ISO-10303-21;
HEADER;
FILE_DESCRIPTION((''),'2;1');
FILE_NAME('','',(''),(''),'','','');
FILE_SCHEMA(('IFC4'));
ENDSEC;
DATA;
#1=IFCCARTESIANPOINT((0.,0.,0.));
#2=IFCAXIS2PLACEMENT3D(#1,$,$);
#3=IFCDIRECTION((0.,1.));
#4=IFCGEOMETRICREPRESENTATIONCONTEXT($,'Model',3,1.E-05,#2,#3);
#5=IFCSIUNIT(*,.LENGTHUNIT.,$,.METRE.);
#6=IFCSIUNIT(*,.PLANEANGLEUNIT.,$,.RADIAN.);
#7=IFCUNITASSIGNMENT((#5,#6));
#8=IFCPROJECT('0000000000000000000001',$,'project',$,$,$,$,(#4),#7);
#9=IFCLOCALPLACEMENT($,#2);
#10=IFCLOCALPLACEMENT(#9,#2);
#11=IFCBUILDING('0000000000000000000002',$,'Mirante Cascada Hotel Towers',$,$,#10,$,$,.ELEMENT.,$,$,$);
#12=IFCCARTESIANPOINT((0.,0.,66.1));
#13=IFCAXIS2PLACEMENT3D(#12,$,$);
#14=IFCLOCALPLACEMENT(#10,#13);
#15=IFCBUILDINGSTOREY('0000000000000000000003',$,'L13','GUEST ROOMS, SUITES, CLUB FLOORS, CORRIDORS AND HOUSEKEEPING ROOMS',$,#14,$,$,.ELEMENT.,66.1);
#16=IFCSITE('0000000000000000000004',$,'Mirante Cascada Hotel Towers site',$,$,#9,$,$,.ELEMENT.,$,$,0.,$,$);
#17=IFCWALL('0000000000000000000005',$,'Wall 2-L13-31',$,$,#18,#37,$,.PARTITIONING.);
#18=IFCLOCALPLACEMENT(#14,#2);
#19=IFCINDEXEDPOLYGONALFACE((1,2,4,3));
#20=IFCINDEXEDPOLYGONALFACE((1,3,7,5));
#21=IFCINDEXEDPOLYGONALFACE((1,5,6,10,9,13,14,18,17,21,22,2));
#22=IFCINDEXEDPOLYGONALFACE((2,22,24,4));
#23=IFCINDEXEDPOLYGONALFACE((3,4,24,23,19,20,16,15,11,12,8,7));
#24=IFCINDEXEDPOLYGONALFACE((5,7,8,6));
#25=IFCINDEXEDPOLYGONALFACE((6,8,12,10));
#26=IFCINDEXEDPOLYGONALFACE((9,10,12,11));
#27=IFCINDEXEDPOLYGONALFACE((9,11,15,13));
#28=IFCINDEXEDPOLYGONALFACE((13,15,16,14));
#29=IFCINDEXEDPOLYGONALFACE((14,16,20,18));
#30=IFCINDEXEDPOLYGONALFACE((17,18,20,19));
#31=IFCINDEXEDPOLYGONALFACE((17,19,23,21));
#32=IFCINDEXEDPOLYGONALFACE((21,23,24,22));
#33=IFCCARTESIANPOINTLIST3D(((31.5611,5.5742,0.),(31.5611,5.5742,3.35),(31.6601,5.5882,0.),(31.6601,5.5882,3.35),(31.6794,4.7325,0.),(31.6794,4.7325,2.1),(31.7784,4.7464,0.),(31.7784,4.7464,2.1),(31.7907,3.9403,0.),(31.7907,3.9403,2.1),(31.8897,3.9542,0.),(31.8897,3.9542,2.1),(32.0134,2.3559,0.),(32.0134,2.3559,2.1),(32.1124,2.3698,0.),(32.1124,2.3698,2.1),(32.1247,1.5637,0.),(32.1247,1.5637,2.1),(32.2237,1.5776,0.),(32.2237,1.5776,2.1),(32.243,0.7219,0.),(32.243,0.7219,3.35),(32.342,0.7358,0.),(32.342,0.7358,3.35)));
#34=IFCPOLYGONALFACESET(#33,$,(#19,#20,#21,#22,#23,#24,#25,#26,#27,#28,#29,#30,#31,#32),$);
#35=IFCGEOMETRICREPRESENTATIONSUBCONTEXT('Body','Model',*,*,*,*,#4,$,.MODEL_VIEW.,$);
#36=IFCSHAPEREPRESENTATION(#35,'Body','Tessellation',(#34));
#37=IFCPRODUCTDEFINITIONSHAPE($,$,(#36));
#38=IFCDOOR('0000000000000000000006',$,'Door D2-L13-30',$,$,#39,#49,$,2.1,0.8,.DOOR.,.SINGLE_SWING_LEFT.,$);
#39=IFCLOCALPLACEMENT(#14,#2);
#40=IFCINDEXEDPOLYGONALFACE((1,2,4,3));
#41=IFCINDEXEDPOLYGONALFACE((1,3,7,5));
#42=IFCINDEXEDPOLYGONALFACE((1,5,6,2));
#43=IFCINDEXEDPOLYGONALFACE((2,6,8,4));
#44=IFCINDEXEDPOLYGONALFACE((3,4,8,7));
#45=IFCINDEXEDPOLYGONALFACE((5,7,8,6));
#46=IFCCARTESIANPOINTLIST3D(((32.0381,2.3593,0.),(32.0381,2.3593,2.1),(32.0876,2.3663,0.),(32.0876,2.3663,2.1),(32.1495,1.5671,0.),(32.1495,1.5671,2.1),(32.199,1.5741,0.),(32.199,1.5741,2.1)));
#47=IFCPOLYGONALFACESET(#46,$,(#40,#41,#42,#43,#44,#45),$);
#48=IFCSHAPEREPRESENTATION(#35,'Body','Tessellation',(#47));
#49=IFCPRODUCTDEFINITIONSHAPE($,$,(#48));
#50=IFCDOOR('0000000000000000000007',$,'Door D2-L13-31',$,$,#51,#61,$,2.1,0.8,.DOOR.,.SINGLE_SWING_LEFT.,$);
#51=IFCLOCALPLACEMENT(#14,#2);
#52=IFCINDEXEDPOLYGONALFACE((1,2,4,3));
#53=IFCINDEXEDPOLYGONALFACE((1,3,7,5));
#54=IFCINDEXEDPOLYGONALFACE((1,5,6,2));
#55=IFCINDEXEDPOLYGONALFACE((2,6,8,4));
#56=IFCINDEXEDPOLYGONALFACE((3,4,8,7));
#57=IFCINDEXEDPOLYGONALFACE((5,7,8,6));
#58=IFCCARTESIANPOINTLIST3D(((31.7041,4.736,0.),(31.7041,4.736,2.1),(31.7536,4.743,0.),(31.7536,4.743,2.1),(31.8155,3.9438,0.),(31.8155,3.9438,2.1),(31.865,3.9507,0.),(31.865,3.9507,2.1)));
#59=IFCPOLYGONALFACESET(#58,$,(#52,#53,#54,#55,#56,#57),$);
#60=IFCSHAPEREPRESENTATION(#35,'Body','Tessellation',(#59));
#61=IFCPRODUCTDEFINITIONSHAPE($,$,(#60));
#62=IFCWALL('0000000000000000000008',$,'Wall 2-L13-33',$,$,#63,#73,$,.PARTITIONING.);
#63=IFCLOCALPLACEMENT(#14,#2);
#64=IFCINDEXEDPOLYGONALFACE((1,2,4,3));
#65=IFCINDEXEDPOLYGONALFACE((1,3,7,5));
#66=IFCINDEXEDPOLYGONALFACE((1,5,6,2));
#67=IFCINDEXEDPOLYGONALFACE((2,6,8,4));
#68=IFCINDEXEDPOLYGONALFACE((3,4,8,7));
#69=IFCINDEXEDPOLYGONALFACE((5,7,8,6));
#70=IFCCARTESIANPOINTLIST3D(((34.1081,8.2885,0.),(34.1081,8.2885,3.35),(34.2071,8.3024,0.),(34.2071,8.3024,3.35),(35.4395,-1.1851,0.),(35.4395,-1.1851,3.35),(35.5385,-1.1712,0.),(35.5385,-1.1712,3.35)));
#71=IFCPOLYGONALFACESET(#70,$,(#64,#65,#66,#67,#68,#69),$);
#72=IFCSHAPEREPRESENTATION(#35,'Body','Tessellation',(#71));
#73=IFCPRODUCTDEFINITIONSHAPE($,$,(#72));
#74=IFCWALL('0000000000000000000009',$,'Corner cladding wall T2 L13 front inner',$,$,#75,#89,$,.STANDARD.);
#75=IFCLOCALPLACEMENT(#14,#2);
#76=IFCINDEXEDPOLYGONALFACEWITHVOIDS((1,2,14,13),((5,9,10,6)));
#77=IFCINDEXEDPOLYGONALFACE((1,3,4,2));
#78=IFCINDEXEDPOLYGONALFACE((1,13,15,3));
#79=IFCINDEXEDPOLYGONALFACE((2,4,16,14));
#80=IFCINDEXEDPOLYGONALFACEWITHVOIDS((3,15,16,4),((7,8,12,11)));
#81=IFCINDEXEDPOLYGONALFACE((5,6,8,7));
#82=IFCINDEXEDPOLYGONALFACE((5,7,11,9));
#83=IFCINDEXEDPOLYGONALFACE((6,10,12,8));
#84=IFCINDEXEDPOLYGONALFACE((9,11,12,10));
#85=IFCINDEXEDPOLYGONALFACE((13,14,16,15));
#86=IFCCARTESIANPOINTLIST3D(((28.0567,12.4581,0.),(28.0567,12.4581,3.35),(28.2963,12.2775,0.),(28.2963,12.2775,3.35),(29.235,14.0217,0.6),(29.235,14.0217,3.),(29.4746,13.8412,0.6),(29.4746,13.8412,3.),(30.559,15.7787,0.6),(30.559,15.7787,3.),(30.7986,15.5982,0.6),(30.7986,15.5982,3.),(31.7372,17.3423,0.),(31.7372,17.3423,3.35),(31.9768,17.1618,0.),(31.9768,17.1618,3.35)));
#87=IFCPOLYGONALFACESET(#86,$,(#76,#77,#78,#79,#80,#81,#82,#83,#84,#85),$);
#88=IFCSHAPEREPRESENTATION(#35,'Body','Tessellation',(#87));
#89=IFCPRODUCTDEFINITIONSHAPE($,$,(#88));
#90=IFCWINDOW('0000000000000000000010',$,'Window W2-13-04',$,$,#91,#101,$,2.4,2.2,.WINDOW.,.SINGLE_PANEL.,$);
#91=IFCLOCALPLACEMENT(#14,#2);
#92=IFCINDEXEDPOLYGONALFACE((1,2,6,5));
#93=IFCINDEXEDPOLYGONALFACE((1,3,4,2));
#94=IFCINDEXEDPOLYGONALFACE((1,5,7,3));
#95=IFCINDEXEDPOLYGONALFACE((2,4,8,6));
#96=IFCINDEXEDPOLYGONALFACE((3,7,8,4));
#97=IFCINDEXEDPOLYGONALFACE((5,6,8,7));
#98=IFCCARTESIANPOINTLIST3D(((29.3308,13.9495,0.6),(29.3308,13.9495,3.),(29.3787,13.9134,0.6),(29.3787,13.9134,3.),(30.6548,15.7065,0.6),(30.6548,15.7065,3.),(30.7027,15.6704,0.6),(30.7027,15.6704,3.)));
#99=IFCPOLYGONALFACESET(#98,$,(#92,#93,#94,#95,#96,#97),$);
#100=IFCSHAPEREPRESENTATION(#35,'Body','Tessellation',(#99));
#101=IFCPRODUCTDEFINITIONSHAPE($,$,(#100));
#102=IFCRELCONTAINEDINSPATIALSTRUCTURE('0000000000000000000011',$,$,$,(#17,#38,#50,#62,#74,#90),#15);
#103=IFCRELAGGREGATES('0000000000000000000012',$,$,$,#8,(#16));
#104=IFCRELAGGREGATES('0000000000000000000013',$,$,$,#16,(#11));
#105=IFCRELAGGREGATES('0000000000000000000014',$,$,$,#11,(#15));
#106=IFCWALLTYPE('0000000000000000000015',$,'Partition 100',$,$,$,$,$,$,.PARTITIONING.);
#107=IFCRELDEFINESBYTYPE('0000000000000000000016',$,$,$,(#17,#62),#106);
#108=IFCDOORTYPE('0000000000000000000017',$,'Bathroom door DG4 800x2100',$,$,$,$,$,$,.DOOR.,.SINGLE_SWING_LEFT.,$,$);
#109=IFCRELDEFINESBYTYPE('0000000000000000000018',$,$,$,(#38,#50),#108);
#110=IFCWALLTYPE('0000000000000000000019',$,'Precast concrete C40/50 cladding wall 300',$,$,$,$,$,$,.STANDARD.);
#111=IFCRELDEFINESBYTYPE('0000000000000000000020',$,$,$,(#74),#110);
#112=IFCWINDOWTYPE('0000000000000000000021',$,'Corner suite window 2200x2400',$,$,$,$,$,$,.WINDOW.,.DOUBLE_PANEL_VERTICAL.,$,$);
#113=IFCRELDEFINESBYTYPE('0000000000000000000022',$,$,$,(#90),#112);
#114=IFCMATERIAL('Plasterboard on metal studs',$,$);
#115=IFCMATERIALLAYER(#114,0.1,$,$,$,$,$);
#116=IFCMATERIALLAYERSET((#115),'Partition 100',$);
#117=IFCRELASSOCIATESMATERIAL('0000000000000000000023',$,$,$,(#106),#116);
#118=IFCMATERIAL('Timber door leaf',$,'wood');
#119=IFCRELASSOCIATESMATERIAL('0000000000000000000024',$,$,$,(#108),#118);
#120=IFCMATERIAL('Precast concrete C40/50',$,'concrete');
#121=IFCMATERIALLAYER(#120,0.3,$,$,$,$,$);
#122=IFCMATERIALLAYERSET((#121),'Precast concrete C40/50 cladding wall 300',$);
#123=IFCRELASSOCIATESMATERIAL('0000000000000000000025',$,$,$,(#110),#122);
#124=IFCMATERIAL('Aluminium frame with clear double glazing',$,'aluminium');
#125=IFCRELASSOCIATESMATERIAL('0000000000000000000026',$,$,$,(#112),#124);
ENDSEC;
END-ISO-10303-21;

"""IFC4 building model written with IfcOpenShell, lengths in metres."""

from ifc_helpers import new_model, si_unit, direction, frame, frame_2d, origin, place, context, subcontext, project, spatial, rectangle, extrude, material, layer, layer_set, type_object, element, fill, save


model = new_model("IFC4")

# Units and contexts
model_context = context("Model", 3, precision=1e-05, world=origin(), true_north=direction((0.0, 1.0)))
body_context = subcontext(model_context, "Body", "Model", "MODEL_VIEW")
ifc_project = project(units=[si_unit("LENGTHUNIT", "METRE"), si_unit("PLANEANGLEUNIT", "RADIAN")], contexts=[model_context])

# Site, building, storey
site_placement = place(None, origin())
site = spatial("IfcSite", under=ifc_project, at=site_placement, Name="Mirante Cascada Hotel Towers site", CompositionType="ELEMENT", RefElevation=0.0)
building_placement = place(site_placement, origin())
building = spatial("IfcBuilding", under=site, at=building_placement, Name="Mirante Cascada Hotel Towers", CompositionType="ELEMENT")
storey_placement = place(building_placement, frame((0.0, 0.0, 66.1)))
storey = spatial("IfcBuildingStorey", under=building, at=storey_placement, Name="L13", Description="GUEST ROOMS, SUITES, CLUB FLOORS, CORRIDORS AND HOUSEKEEPING ROOMS", CompositionType="ELEMENT", Elevation=66.1)

# Shared definitions
ifc_material_1 = material(Name="Plasterboard on metal studs")
ifc_layer_1 = layer(ifc_material_1, 0.1)
ifc_layer_set_1 = layer_set([ifc_layer_1], Name="Partition 100")
wall_type_1 = type_object("IfcWallType", Name="Partition 100", PredefinedType="PARTITIONING", material=ifc_layer_set_1)

# Wall, openings, doors
wall_1_placement = place(storey_placement, frame((31.6106, 5.5812, 0.0), z_axis=(0.0, 0.0, 1.0), x_axis=(0.139164, -0.990269, 0.0)))
wall_1 = element("IfcWall", 1, at=wall_1_placement, inside=storey, type_object=wall_type_1, Name="Wall 2-L13-31", PredefinedType="PARTITIONING", context=body_context, shape_type="SweptSolid", body=[
    extrude(rectangle(XDim=4.9, YDim=0.1, at=frame_2d((2.45, 0.0))), origin(), (0.0, 0.0, 1.0), 3.35),
])
opening_1_placement = place(wall_1_placement, frame((3.25, 0.0, 0.0)))
opening_1 = element("IfcOpeningElement", 2, at=opening_1_placement, cuts=wall_1, PredefinedType="OPENING", context=body_context, shape_type="SweptSolid", body=[
    extrude(rectangle(XDim=0.8, YDim=2.1, at=frame_2d((0.4, 1.05))), frame((0.0, 0.05, 0.0), z_axis=(0.0, -1.0, 0.0), x_axis=(1.0, 0.0, 0.0)), (0.0, 0.0, 1.0), 0.1),
])
opening_2_placement = place(wall_1_placement, frame((0.85, 0.0, 0.0)))
opening_2 = element("IfcOpeningElement", 3, at=opening_2_placement, cuts=wall_1, PredefinedType="OPENING", context=body_context, shape_type="SweptSolid", body=[
    extrude(rectangle(XDim=0.8, YDim=2.1, at=frame_2d((0.4, 1.05))), frame((0.0, 0.05, 0.0), z_axis=(0.0, -1.0, 0.0), x_axis=(1.0, 0.0, 0.0)), (0.0, 0.0, 1.0), 0.1),
])
ifc_material_2 = material(Name="Timber door leaf", Category="wood")
door_type = type_object("IfcDoorType", Name="Bathroom door DG4 800x2100", OperationType="SINGLE_SWING_LEFT", PredefinedType="DOOR", material=ifc_material_2)
door_1_placement = place(opening_1_placement, origin())
door_1 = element("IfcDoor", 4, at=door_1_placement, inside=storey, type_object=door_type, Name="Door D2-L13-30", OperationType="SINGLE_SWING_LEFT", OverallHeight=2.1, OverallWidth=0.8, PredefinedType="DOOR", context=body_context, shape_type="SweptSolid", body=[
    extrude(rectangle(XDim=0.8, YDim=2.1, at=frame_2d((0.4, 1.05))), frame((0.0, 0.025, 0.0), z_axis=(0.0, -1.0, 0.0), x_axis=(1.0, 0.0, 0.0)), (0.0, 0.0, 1.0), 0.05),
])
fill(opening_1, door_1)
door_2_placement = place(opening_2_placement, origin())
door_2 = element("IfcDoor", 5, at=door_2_placement, inside=storey, type_object=door_type, Name="Door D2-L13-31", OperationType="SINGLE_SWING_LEFT", OverallHeight=2.1, OverallWidth=0.8, PredefinedType="DOOR", context=body_context, shape_type="SweptSolid", body=[
    extrude(rectangle(XDim=0.8, YDim=2.1, at=frame_2d((0.4, 1.05))), frame((0.0, 0.025, 0.0), z_axis=(0.0, -1.0, 0.0), x_axis=(1.0, 0.0, 0.0)), (0.0, 0.0, 1.0), 0.05),
])
fill(opening_2, door_2)

# Wall
wall_2_placement = place(storey_placement, frame((34.1576, 8.2955, 0.0), z_axis=(0.0, 0.0, 1.0), x_axis=(0.13917, -0.990268, 0.0)))
element("IfcWall", 6, at=wall_2_placement, inside=storey, type_object=wall_type_1, Name="Wall 2-L13-33", PredefinedType="PARTITIONING", context=body_context, shape_type="SweptSolid", body=[
    extrude(rectangle(XDim=9.5667, YDim=0.1, at=frame_2d((4.7834, 0.0))), origin(), (0.0, 0.0, 1.0), 3.35),
])

# Wall, opening, window
ifc_material_3 = material(Name="Precast concrete C40/50", Category="concrete")
ifc_layer_2 = layer(ifc_material_3, 0.3)
ifc_layer_set_2 = layer_set([ifc_layer_2], Name="Precast concrete C40/50 cladding wall 300")
wall_type_2 = type_object("IfcWallType", Name="Precast concrete C40/50 cladding wall 300", PredefinedType="STANDARD", material=ifc_layer_set_2)
wall_3_placement = place(storey_placement, frame((31.857, 17.252, 0.0), z_axis=(0.0, 0.0, 1.0), x_axis=(-0.601814, -0.798636, 0.0)))
wall_3 = element("IfcWall", 7, at=wall_3_placement, inside=storey, type_object=wall_type_2, Name="Corner cladding wall T2 L13 front inner", PredefinedType="STANDARD", context=body_context, shape_type="SweptSolid", body=[
    extrude(rectangle(XDim=6.1157, YDim=0.3, at=frame_2d((3.0578, 0.0))), origin(), (0.0, 0.0, 1.0), 3.35),
])
opening_3_placement = place(wall_3_placement, frame((1.9578, 0.0, 0.6)))
opening_3 = element("IfcOpeningElement", 8, at=opening_3_placement, cuts=wall_3, PredefinedType="OPENING", context=body_context, shape_type="SweptSolid", body=[
    extrude(rectangle(XDim=2.2, YDim=2.4, at=frame_2d((1.1, 1.2))), frame((0.0, 0.15, 0.0), z_axis=(0.0, -1.0, 0.0), x_axis=(1.0, 0.0, 0.0)), (0.0, 0.0, 1.0), 0.3),
])
ifc_material_4 = material(Name="Aluminium frame with clear double glazing", Category="aluminium")
window_type = type_object("IfcWindowType", Name="Corner suite window 2200x2400", PartitioningType="DOUBLE_PANEL_VERTICAL", PredefinedType="WINDOW", material=ifc_material_4)
window_placement = place(opening_3_placement, origin())
window = element("IfcWindow", 9, at=window_placement, inside=storey, type_object=window_type, Name="Window W2-13-04", OverallHeight=2.4, OverallWidth=2.2, PartitioningType="SINGLE_PANEL", PredefinedType="WINDOW", context=body_context, shape_type="SweptSolid", body=[
    extrude(rectangle(XDim=2.2, YDim=2.4, at=frame_2d((1.1, 1.2))), frame((0.0, 0.03, 0.0), z_axis=(0.0, -1.0, 0.0), x_axis=(1.0, 0.0, 0.0)), (0.0, 0.0, 1.0), 0.06),
])
fill(opening_3, window)

save(model, "model.ifc")
